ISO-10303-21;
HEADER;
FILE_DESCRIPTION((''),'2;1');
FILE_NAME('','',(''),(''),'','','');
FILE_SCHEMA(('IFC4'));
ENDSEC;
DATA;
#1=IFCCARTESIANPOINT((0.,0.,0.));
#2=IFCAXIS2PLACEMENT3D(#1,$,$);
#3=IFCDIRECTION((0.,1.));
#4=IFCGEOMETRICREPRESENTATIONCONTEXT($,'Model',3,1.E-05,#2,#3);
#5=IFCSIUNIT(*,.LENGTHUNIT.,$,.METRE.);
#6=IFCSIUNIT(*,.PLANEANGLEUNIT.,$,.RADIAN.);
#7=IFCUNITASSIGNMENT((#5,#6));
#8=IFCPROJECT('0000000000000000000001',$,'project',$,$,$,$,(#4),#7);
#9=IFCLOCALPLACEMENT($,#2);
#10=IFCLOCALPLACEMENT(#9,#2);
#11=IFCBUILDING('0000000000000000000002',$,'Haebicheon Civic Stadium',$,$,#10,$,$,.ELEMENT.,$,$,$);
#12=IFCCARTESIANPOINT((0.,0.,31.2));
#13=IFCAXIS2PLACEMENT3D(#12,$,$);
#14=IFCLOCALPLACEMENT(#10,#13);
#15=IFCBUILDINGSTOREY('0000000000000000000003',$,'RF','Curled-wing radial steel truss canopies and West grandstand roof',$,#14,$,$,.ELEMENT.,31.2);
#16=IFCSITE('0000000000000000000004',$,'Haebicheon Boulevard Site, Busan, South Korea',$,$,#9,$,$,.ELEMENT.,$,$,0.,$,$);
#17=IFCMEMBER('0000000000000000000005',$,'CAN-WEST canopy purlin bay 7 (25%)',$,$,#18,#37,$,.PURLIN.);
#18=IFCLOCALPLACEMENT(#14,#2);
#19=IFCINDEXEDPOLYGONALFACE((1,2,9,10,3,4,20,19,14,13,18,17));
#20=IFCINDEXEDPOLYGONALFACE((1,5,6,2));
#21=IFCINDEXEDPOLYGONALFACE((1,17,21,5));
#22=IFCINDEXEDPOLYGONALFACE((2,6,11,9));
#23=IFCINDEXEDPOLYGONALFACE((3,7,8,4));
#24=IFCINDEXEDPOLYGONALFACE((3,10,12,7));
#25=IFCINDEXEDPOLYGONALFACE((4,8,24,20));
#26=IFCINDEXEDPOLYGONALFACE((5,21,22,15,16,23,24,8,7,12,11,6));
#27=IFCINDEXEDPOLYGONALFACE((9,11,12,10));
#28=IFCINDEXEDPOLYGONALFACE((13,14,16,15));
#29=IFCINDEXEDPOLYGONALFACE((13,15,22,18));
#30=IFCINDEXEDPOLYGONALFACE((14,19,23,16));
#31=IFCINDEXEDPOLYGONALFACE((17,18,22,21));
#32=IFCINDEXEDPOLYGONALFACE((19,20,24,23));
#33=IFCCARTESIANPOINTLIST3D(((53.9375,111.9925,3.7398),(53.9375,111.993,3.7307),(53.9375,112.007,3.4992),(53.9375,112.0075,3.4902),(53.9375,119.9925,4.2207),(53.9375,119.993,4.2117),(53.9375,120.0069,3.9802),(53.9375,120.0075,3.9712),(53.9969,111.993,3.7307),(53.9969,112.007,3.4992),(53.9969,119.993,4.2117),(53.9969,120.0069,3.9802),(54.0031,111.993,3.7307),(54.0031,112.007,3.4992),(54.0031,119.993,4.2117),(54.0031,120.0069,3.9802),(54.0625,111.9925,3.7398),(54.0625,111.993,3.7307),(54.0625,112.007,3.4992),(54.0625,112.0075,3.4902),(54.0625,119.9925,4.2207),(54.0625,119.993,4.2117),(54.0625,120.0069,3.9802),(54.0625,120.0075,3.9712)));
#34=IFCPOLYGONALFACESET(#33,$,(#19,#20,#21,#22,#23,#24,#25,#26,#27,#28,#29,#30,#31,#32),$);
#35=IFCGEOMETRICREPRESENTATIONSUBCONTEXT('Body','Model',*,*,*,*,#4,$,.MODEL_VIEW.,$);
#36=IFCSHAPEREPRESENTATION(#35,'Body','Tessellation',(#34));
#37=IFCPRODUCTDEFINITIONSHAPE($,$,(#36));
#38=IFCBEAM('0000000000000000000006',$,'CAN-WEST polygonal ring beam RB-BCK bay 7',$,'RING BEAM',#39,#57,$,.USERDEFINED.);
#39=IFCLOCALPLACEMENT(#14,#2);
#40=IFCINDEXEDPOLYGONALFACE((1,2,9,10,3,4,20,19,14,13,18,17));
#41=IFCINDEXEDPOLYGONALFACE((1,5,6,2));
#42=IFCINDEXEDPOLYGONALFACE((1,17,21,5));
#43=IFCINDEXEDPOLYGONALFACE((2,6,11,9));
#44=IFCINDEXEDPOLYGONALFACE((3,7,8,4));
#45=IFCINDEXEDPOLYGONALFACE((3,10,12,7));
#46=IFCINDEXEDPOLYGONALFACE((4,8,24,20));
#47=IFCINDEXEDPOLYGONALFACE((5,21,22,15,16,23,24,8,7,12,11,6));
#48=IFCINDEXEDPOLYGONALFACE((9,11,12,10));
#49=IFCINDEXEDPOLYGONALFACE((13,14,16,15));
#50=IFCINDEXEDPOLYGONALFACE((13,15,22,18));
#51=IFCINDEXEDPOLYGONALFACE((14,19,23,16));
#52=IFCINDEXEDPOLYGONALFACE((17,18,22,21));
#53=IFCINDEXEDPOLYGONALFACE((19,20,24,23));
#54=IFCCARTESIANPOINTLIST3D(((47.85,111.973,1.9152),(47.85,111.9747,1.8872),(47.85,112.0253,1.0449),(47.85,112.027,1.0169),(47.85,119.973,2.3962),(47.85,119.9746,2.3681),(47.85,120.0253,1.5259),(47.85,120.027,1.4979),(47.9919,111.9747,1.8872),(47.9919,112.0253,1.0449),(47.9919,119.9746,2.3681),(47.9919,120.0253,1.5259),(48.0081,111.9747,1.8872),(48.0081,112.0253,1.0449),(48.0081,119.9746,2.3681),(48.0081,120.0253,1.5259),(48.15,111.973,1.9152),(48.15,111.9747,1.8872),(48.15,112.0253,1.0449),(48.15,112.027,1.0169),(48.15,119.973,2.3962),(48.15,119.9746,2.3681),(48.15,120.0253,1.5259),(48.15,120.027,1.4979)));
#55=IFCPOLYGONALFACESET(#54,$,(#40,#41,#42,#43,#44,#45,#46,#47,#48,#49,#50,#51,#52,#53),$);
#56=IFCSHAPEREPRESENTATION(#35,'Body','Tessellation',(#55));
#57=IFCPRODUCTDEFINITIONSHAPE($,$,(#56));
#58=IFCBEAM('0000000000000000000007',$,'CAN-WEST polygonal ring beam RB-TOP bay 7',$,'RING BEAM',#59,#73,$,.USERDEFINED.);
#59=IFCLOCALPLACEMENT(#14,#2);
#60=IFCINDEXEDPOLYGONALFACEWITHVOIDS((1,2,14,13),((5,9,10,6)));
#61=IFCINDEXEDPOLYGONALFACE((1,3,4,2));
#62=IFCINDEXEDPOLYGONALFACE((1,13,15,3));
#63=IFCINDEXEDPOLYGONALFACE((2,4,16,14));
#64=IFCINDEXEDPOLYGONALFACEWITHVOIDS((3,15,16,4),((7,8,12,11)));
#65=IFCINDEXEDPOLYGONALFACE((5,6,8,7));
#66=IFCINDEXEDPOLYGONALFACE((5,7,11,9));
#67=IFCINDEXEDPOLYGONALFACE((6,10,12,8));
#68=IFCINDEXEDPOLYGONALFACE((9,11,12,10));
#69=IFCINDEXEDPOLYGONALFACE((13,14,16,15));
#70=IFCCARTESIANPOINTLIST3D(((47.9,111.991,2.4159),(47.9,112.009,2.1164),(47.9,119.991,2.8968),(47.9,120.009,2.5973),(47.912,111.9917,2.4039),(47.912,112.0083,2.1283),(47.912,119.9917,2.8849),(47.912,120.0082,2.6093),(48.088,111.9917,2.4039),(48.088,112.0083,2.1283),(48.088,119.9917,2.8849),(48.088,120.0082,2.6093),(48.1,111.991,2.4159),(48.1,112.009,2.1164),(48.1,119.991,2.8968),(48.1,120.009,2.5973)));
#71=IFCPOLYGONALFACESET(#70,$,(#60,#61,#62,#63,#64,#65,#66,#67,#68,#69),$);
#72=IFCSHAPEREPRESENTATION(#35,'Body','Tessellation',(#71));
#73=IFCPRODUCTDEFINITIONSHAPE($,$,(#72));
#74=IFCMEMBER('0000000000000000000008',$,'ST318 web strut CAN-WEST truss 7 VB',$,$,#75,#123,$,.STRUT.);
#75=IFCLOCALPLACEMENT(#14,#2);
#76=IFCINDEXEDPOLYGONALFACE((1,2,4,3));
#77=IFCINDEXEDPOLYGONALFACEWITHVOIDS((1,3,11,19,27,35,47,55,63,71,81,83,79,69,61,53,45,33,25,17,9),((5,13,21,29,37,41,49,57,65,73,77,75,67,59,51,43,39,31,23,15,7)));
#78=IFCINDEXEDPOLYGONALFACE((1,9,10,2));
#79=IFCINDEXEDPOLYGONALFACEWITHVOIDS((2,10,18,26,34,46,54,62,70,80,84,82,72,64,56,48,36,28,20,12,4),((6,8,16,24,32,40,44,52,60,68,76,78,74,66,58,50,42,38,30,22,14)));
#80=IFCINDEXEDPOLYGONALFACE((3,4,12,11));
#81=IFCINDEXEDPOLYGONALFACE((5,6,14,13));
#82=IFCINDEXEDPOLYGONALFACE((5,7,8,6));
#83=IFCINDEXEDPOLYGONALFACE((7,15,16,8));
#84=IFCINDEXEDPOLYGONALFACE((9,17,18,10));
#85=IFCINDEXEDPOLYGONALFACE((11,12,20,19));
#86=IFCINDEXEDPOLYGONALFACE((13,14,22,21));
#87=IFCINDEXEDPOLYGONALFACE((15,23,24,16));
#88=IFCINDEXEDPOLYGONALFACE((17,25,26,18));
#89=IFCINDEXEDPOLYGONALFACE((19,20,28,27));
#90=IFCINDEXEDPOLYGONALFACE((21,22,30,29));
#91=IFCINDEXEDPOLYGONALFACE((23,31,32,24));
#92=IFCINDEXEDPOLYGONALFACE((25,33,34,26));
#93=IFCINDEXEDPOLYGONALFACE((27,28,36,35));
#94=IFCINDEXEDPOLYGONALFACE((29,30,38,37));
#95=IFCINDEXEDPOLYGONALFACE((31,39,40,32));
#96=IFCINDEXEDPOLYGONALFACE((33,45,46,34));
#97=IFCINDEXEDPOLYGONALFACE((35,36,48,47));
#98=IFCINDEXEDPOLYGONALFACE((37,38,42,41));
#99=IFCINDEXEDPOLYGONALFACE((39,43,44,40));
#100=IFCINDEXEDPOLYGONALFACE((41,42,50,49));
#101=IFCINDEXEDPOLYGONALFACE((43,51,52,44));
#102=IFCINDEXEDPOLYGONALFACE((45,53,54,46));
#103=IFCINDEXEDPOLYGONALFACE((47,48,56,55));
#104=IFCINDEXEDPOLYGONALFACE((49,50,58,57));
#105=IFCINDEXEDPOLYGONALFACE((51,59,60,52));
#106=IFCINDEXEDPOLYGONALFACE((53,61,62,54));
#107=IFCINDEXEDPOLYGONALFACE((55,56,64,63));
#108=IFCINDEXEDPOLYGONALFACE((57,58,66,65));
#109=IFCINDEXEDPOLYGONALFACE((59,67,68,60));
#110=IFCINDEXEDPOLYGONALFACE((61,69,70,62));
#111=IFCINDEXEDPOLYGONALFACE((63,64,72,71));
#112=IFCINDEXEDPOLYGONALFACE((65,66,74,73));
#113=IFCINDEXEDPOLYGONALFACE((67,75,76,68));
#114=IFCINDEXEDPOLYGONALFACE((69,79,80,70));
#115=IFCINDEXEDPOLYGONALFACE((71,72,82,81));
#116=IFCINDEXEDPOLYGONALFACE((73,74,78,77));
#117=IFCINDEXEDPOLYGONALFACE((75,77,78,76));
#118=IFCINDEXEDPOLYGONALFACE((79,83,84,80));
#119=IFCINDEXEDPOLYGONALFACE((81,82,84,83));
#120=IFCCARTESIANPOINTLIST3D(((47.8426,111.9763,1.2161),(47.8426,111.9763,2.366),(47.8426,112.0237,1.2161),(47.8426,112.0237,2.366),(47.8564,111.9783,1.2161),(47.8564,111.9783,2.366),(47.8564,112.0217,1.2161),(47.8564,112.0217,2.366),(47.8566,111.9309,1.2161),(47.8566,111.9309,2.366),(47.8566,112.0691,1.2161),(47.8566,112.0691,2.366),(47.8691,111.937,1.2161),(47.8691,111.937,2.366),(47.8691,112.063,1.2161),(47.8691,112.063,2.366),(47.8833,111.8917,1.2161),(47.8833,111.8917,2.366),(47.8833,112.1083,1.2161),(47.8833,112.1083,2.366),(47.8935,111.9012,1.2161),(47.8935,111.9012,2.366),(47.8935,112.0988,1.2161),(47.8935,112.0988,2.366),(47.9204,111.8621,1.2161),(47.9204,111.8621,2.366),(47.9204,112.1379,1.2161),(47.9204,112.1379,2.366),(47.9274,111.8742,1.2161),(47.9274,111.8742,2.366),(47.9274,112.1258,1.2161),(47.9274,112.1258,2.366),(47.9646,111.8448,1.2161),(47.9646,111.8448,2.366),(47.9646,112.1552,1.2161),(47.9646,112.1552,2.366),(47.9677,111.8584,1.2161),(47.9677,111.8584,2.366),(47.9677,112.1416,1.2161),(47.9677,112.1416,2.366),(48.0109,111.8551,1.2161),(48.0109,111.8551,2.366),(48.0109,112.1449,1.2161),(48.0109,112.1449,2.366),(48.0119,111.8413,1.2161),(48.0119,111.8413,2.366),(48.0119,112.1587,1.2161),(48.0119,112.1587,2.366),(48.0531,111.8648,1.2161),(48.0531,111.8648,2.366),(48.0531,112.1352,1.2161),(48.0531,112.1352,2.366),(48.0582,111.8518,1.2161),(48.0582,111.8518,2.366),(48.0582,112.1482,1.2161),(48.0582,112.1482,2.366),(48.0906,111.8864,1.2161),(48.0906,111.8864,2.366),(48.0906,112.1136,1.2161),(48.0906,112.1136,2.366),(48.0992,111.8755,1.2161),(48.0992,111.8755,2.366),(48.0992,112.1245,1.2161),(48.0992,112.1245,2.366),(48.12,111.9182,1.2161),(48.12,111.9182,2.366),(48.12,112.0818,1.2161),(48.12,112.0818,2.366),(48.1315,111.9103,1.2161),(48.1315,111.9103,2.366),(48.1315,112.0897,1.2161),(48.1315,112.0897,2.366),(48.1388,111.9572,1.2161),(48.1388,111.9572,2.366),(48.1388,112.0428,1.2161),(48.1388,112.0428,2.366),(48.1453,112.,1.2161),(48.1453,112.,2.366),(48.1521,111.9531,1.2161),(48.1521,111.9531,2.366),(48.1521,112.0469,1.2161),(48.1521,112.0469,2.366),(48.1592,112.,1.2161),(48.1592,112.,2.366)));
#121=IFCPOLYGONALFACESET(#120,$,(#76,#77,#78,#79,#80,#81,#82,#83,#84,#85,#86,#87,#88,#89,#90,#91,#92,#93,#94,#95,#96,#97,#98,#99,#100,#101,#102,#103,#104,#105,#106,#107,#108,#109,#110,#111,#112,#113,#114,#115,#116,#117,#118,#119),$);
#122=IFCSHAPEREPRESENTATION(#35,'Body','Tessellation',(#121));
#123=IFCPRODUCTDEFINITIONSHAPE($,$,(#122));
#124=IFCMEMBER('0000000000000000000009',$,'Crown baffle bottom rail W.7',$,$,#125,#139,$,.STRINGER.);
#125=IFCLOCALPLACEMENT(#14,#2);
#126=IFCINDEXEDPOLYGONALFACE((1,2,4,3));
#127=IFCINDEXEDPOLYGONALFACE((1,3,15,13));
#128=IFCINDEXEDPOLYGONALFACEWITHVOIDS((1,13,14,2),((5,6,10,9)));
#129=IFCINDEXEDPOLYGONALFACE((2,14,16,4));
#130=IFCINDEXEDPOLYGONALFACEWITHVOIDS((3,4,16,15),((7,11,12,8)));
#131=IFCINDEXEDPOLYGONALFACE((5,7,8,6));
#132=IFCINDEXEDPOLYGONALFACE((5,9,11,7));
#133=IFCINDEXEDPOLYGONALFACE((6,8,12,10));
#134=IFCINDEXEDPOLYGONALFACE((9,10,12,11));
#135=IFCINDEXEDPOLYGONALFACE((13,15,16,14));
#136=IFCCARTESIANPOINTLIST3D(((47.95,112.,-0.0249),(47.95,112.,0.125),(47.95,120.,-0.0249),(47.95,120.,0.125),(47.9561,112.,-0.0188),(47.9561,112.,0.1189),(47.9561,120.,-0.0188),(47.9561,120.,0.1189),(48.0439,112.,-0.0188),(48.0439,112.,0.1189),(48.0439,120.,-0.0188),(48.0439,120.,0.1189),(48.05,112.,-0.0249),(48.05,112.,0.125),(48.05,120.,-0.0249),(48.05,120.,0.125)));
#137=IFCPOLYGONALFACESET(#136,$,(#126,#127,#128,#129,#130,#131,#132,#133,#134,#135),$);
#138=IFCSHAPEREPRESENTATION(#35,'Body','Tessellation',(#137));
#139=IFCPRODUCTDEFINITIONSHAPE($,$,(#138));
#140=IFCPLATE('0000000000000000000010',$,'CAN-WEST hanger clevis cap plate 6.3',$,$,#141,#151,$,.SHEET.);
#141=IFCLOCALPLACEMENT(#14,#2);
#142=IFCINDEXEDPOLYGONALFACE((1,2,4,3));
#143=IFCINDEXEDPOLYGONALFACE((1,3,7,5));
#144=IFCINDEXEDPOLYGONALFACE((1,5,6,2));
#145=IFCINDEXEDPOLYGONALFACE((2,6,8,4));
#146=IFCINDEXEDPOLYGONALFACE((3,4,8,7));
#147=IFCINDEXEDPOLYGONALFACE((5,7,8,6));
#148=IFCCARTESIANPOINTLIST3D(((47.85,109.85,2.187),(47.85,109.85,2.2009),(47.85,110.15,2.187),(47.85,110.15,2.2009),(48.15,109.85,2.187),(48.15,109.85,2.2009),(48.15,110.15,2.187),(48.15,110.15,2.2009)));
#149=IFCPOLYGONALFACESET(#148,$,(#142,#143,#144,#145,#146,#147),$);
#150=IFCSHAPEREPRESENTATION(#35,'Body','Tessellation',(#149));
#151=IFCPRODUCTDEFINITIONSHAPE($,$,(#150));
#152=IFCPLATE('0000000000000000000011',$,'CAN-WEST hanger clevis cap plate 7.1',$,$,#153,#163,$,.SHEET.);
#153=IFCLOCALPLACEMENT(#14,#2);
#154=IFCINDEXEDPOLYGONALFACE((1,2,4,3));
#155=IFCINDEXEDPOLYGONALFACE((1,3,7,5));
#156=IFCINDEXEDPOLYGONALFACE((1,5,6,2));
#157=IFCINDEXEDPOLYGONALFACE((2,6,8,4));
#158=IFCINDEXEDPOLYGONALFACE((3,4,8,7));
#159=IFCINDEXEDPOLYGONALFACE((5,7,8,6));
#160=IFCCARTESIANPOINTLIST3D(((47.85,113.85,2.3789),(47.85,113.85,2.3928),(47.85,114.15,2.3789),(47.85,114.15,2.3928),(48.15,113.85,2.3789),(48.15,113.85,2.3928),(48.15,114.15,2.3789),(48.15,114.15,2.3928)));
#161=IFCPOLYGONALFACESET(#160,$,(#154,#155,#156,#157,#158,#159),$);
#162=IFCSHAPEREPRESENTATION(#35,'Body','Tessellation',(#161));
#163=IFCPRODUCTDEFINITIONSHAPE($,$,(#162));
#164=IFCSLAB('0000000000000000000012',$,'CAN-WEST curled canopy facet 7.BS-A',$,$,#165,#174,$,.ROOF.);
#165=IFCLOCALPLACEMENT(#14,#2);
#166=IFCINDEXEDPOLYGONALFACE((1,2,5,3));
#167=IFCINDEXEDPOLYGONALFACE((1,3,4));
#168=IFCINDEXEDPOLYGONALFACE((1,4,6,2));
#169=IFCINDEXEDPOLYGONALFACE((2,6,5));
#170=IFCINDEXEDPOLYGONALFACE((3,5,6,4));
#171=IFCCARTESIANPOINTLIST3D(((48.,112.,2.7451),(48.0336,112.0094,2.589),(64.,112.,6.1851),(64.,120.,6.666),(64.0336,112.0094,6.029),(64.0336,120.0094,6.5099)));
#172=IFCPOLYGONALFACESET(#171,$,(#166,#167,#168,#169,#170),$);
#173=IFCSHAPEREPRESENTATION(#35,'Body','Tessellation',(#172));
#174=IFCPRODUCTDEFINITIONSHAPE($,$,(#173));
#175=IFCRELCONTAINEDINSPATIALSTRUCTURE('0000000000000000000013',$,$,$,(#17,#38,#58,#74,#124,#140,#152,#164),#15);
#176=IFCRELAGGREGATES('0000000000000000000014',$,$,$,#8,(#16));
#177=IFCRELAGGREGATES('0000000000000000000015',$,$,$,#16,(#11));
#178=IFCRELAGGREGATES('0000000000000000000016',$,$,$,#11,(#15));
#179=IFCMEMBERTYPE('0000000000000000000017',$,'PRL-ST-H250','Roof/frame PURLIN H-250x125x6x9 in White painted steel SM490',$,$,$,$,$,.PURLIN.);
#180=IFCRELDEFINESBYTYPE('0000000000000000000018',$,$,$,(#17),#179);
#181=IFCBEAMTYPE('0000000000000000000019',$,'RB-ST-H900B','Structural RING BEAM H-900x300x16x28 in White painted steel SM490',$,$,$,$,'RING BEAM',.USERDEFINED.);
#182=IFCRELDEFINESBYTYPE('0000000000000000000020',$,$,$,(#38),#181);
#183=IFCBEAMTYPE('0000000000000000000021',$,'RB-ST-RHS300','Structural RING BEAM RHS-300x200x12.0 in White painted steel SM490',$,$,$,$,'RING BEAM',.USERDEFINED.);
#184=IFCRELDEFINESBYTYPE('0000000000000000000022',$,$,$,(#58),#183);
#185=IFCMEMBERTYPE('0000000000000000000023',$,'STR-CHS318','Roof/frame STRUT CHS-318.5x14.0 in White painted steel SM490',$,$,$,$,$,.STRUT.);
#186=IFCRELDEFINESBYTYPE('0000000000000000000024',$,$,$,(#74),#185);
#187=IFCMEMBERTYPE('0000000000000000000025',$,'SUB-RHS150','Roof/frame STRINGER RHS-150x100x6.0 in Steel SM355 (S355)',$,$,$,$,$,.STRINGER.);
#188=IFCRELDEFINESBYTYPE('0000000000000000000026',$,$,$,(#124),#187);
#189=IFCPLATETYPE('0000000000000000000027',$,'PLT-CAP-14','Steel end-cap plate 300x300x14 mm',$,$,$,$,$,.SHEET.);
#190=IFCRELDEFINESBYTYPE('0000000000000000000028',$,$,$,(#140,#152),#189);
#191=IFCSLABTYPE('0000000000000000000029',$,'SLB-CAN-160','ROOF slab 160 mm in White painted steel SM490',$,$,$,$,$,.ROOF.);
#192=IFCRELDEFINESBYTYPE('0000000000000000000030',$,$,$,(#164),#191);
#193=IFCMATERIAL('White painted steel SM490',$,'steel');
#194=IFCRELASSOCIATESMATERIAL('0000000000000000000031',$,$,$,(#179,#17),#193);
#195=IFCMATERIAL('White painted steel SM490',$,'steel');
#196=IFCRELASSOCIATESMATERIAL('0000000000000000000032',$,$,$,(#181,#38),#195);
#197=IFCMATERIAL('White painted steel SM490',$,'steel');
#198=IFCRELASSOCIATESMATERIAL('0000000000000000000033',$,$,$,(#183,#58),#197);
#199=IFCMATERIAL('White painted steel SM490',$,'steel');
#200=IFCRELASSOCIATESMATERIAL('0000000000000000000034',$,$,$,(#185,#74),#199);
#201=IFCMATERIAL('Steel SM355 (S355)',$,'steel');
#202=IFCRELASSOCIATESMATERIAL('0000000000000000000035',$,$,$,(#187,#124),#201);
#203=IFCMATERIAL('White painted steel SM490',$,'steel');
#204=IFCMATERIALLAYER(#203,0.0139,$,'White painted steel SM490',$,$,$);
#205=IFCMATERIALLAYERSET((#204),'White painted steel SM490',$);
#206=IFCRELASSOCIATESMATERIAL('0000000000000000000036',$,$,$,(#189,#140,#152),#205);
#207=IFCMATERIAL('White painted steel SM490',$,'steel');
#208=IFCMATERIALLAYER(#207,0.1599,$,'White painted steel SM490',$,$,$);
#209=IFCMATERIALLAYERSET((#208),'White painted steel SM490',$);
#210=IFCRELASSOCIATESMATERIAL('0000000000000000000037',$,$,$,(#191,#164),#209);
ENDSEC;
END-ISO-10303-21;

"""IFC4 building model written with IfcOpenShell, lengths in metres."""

from ifc_helpers import new_model, si_unit, direction, frame, origin, origin_2d, place, context, subcontext, project, spatial, polyline, rectangle, hollow_rectangle, hollow_circle, i_section, outline, extrude, material, layer, layer_set, material_profile, profile_set, type_object, element, save


model = new_model("IFC4")

# Units and contexts
model_context = context("Model", 3, precision=1e-05, world=origin(), true_north=direction((0.0, 1.0)))
body_context = subcontext(model_context, "Body", "Model", "MODEL_VIEW")
ifc_project = project(units=[si_unit("LENGTHUNIT", "METRE"), si_unit("PLANEANGLEUNIT", "RADIAN")], contexts=[model_context])

# Site, building, storey
site_placement = place(None, origin())
site = spatial("IfcSite", under=ifc_project, at=site_placement, Name="Haebicheon Boulevard Site, Busan, South Korea", CompositionType="ELEMENT", RefElevation=0.0)
building_placement = place(site_placement, origin())
building = spatial("IfcBuilding", under=site, at=building_placement, Name="Haebicheon Civic Stadium", CompositionType="ELEMENT")
storey_placement = place(building_placement, frame((0.0, 0.0, 31.2)))
storey = spatial("IfcBuildingStorey", under=building, at=storey_placement, Name="RF", Description="Curled-wing radial steel truss canopies and West grandstand roof", CompositionType="ELEMENT", Elevation=31.2)

# Member
ifc_material_1 = material(Name="White painted steel SM490", Category="steel")
ifc_material_profile_1 = material_profile(ifc_material_1, i_section(OverallWidth=0.125, OverallDepth=0.25, WebThickness=0.0061, FlangeThickness=0.009, at=origin_2d()), Name="H-250x125x6x9")
ifc_profile_set_1 = profile_set([ifc_material_profile_1], Name="White painted steel SM490")
member_type_1 = type_object("IfcMemberType", Name="PRL-ST-H250", Description="Roof/frame PURLIN H-250x125x6x9 in White painted steel SM490", PredefinedType="PURLIN", material=ifc_profile_set_1)
member_1_placement = place(storey_placement, frame((54.0, 112.0, 3.615), z_axis=(0.0, 0.998198, 0.060011), x_axis=(-1.0, 0.0, 0.0)))
element("IfcMember", 1, at=member_1_placement, inside=storey, type_object=member_type_1, material=ifc_profile_set_1, Name="CAN-WEST canopy purlin bay 7 (25%)", PredefinedType="PURLIN", context=body_context, shape_type="SweptSolid", body=[
    extrude(i_section(OverallWidth=0.125, OverallDepth=0.25, WebThickness=0.0061, FlangeThickness=0.009, at=origin_2d()), origin(), (0.0, 0.0, 1.0), 8.0144),
])

# Beams
ifc_material_2 = material(Name="White painted steel SM490", Category="steel")
ifc_material_profile_2 = material_profile(ifc_material_2, i_section(OverallWidth=0.3, OverallDepth=0.8999, WebThickness=0.0161, FlangeThickness=0.0281, at=origin_2d()), Name="H-900x300x16x28")
ifc_profile_set_2 = profile_set([ifc_material_profile_2], Name="White painted steel SM490")
beam_type_1 = type_object("IfcBeamType", Name="RB-ST-H900B", Description="Structural RING BEAM H-900x300x16x28 in White painted steel SM490", ElementType="RING BEAM", PredefinedType="USERDEFINED", material=ifc_profile_set_2)
beam_1_placement = place(storey_placement, frame((48.0, 112.0, 1.4661), z_axis=(0.0, 0.998198, 0.060011), x_axis=(-1.0, 0.0, 0.0)))
element("IfcBeam", 2, at=beam_1_placement, inside=storey, type_object=beam_type_1, material=ifc_profile_set_2, Name="CAN-WEST polygonal ring beam RB-BCK bay 7", ObjectType="RING BEAM", PredefinedType="USERDEFINED", context=body_context, shape_type="SweptSolid", body=[
    extrude(i_section(OverallWidth=0.3, OverallDepth=0.8999, WebThickness=0.0161, FlangeThickness=0.0281, at=origin_2d()), origin(), (0.0, 0.0, 1.0), 8.0144),
])
ifc_material_3 = material(Name="White painted steel SM490", Category="steel")
ifc_material_profile_3 = material_profile(ifc_material_3, hollow_rectangle(XDim=0.2, YDim=0.3, WallThickness=0.012, at=origin_2d()), Name="RHS-300x200x12.0")
ifc_profile_set_3 = profile_set([ifc_material_profile_3], Name="White painted steel SM490")
beam_type_2 = type_object("IfcBeamType", Name="RB-ST-RHS300", Description="Structural RING BEAM RHS-300x200x12.0 in White painted steel SM490", ElementType="RING BEAM", PredefinedType="USERDEFINED", material=ifc_profile_set_3)
beam_2_placement = place(storey_placement, frame((48.0, 112.0, 2.2661), z_axis=(0.0, 0.998198, 0.060011), x_axis=(-1.0, 0.0, 0.0)))
element("IfcBeam", 3, at=beam_2_placement, inside=storey, type_object=beam_type_2, material=ifc_profile_set_3, Name="CAN-WEST polygonal ring beam RB-TOP bay 7", ObjectType="RING BEAM", PredefinedType="USERDEFINED", context=body_context, shape_type="SweptSolid", body=[
    extrude(hollow_rectangle(XDim=0.2, YDim=0.3, WallThickness=0.012, at=origin_2d()), origin(), (0.0, 0.0, 1.0), 8.0144),
])

# Members
ifc_material_4 = material(Name="White painted steel SM490", Category="steel")
ifc_material_profile_4 = material_profile(ifc_material_4, hollow_circle(Radius=0.1592, WallThickness=0.0139, at=origin_2d()), Name="CHS-318.5x14.0")
ifc_profile_set_4 = profile_set([ifc_material_profile_4], Name="White painted steel SM490")
member_type_2 = type_object("IfcMemberType", Name="STR-CHS318", Description="Roof/frame STRUT CHS-318.5x14.0 in White painted steel SM490", PredefinedType="STRUT", material=ifc_profile_set_4)
member_2_placement = place(storey_placement, frame((48.0, 112.0, 1.2161), z_axis=(0.0, 0.0, 1.0), x_axis=(1.0, 0.0, 0.0)))
element("IfcMember", 4, at=member_2_placement, inside=storey, type_object=member_type_2, material=ifc_profile_set_4, Name="ST318 web strut CAN-WEST truss 7 VB", PredefinedType="STRUT", context=body_context, shape_type="SweptSolid", body=[
    extrude(hollow_circle(Radius=0.1592, WallThickness=0.0139, at=origin_2d()), origin(), (0.0, 0.0, 1.0), 1.1499),
])
ifc_material_5 = material(Name="Steel SM355 (S355)", Category="steel")
ifc_material_profile_5 = material_profile(ifc_material_5, hollow_rectangle(XDim=0.1001, YDim=0.1499, WallThickness=0.0061, at=origin_2d()), Name="RHS-150x100x6.0")
ifc_profile_set_5 = profile_set([ifc_material_profile_5], Name="Steel SM355 (S355)")
member_type_3 = type_object("IfcMemberType", Name="SUB-RHS150", Description="Roof/frame STRINGER RHS-150x100x6.0 in Steel SM355 (S355)", PredefinedType="STRINGER", material=ifc_profile_set_5)
member_3_placement = place(storey_placement, frame((48.0, 112.0, 0.05), z_axis=(0.0, 1.0, 0.0), x_axis=(-1.0, 0.0, 0.0)))
element("IfcMember", 5, at=member_3_placement, inside=storey, type_object=member_type_3, material=ifc_profile_set_5, Name="Crown baffle bottom rail W.7", PredefinedType="STRINGER", context=body_context, shape_type="SweptSolid", body=[
    extrude(hollow_rectangle(XDim=0.1001, YDim=0.1499, WallThickness=0.0061, at=origin_2d()), origin(), (0.0, 0.0, 1.0), 8.0),
])

# Plates
ifc_material_6 = material(Name="White painted steel SM490", Category="steel")
ifc_layer_1 = layer(ifc_material_6, 0.0139, Name="White painted steel SM490")
ifc_layer_set_1 = layer_set([ifc_layer_1], Name="White painted steel SM490")
plate_type = type_object("IfcPlateType", Name="PLT-CAP-14", Description="Steel end-cap plate 300x300x14 mm", PredefinedType="SHEET", material=ifc_layer_set_1)
for number, where, z_axis, x_axis, name in (
    (6, (48.0, 110.0, 2.187), (0.0, 0.0, 1.0), (1.0, 0.0, 0.0), "CAN-WEST hanger clevis cap plate 6.3"),
    (7, (48.0, 114.0, 2.3789), (0.0, 0.0, 1.0), (1.0, 0.0, 0.0), "CAN-WEST hanger clevis cap plate 7.1"),
):
    element("IfcPlate", number, at=place(storey_placement, frame(where, z_axis=z_axis, x_axis=x_axis)), inside=storey, type_object=plate_type, material=ifc_layer_set_1, Name=name, PredefinedType="SHEET", context=body_context, shape_type="SweptSolid", body=[
        extrude(rectangle(XDim=0.3, YDim=0.3, at=origin_2d()), origin(), (0.0, 0.0, 1.0), 0.0139),
    ])

# Slab
ifc_material_7 = material(Name="White painted steel SM490", Category="steel")
ifc_layer_2 = layer(ifc_material_7, 0.1599, Name="White painted steel SM490")
ifc_layer_set_2 = layer_set([ifc_layer_2], Name="White painted steel SM490")
slab_type = type_object("IfcSlabType", Name="SLB-CAN-160", Description="ROOF slab 160 mm in White painted steel SM490", PredefinedType="ROOF", material=ifc_layer_set_2)
slab_1_placement = place(storey_placement, frame((48.0, 112.0, 2.7451), z_axis=(-0.209831, -0.058675, 0.975975), x_axis=(0.97766, 0.0, 0.210193)))
element("IfcSlab", 8, at=slab_1_placement, inside=storey, type_object=slab_type, material=ifc_layer_set_2, Name="CAN-WEST curled canopy facet 7.BS-A", PredefinedType="ROOF", context=body_context, shape_type="SweptSolid", body=[
    extrude(outline(polyline([(0.0, 0.0), (16.3656, 0.0), (16.4667, 8.0138), (0.0, 0.0)])), origin(), (0.0, 0.0, -1.0), 0.1599),
])

save(model, "model.ifc")
